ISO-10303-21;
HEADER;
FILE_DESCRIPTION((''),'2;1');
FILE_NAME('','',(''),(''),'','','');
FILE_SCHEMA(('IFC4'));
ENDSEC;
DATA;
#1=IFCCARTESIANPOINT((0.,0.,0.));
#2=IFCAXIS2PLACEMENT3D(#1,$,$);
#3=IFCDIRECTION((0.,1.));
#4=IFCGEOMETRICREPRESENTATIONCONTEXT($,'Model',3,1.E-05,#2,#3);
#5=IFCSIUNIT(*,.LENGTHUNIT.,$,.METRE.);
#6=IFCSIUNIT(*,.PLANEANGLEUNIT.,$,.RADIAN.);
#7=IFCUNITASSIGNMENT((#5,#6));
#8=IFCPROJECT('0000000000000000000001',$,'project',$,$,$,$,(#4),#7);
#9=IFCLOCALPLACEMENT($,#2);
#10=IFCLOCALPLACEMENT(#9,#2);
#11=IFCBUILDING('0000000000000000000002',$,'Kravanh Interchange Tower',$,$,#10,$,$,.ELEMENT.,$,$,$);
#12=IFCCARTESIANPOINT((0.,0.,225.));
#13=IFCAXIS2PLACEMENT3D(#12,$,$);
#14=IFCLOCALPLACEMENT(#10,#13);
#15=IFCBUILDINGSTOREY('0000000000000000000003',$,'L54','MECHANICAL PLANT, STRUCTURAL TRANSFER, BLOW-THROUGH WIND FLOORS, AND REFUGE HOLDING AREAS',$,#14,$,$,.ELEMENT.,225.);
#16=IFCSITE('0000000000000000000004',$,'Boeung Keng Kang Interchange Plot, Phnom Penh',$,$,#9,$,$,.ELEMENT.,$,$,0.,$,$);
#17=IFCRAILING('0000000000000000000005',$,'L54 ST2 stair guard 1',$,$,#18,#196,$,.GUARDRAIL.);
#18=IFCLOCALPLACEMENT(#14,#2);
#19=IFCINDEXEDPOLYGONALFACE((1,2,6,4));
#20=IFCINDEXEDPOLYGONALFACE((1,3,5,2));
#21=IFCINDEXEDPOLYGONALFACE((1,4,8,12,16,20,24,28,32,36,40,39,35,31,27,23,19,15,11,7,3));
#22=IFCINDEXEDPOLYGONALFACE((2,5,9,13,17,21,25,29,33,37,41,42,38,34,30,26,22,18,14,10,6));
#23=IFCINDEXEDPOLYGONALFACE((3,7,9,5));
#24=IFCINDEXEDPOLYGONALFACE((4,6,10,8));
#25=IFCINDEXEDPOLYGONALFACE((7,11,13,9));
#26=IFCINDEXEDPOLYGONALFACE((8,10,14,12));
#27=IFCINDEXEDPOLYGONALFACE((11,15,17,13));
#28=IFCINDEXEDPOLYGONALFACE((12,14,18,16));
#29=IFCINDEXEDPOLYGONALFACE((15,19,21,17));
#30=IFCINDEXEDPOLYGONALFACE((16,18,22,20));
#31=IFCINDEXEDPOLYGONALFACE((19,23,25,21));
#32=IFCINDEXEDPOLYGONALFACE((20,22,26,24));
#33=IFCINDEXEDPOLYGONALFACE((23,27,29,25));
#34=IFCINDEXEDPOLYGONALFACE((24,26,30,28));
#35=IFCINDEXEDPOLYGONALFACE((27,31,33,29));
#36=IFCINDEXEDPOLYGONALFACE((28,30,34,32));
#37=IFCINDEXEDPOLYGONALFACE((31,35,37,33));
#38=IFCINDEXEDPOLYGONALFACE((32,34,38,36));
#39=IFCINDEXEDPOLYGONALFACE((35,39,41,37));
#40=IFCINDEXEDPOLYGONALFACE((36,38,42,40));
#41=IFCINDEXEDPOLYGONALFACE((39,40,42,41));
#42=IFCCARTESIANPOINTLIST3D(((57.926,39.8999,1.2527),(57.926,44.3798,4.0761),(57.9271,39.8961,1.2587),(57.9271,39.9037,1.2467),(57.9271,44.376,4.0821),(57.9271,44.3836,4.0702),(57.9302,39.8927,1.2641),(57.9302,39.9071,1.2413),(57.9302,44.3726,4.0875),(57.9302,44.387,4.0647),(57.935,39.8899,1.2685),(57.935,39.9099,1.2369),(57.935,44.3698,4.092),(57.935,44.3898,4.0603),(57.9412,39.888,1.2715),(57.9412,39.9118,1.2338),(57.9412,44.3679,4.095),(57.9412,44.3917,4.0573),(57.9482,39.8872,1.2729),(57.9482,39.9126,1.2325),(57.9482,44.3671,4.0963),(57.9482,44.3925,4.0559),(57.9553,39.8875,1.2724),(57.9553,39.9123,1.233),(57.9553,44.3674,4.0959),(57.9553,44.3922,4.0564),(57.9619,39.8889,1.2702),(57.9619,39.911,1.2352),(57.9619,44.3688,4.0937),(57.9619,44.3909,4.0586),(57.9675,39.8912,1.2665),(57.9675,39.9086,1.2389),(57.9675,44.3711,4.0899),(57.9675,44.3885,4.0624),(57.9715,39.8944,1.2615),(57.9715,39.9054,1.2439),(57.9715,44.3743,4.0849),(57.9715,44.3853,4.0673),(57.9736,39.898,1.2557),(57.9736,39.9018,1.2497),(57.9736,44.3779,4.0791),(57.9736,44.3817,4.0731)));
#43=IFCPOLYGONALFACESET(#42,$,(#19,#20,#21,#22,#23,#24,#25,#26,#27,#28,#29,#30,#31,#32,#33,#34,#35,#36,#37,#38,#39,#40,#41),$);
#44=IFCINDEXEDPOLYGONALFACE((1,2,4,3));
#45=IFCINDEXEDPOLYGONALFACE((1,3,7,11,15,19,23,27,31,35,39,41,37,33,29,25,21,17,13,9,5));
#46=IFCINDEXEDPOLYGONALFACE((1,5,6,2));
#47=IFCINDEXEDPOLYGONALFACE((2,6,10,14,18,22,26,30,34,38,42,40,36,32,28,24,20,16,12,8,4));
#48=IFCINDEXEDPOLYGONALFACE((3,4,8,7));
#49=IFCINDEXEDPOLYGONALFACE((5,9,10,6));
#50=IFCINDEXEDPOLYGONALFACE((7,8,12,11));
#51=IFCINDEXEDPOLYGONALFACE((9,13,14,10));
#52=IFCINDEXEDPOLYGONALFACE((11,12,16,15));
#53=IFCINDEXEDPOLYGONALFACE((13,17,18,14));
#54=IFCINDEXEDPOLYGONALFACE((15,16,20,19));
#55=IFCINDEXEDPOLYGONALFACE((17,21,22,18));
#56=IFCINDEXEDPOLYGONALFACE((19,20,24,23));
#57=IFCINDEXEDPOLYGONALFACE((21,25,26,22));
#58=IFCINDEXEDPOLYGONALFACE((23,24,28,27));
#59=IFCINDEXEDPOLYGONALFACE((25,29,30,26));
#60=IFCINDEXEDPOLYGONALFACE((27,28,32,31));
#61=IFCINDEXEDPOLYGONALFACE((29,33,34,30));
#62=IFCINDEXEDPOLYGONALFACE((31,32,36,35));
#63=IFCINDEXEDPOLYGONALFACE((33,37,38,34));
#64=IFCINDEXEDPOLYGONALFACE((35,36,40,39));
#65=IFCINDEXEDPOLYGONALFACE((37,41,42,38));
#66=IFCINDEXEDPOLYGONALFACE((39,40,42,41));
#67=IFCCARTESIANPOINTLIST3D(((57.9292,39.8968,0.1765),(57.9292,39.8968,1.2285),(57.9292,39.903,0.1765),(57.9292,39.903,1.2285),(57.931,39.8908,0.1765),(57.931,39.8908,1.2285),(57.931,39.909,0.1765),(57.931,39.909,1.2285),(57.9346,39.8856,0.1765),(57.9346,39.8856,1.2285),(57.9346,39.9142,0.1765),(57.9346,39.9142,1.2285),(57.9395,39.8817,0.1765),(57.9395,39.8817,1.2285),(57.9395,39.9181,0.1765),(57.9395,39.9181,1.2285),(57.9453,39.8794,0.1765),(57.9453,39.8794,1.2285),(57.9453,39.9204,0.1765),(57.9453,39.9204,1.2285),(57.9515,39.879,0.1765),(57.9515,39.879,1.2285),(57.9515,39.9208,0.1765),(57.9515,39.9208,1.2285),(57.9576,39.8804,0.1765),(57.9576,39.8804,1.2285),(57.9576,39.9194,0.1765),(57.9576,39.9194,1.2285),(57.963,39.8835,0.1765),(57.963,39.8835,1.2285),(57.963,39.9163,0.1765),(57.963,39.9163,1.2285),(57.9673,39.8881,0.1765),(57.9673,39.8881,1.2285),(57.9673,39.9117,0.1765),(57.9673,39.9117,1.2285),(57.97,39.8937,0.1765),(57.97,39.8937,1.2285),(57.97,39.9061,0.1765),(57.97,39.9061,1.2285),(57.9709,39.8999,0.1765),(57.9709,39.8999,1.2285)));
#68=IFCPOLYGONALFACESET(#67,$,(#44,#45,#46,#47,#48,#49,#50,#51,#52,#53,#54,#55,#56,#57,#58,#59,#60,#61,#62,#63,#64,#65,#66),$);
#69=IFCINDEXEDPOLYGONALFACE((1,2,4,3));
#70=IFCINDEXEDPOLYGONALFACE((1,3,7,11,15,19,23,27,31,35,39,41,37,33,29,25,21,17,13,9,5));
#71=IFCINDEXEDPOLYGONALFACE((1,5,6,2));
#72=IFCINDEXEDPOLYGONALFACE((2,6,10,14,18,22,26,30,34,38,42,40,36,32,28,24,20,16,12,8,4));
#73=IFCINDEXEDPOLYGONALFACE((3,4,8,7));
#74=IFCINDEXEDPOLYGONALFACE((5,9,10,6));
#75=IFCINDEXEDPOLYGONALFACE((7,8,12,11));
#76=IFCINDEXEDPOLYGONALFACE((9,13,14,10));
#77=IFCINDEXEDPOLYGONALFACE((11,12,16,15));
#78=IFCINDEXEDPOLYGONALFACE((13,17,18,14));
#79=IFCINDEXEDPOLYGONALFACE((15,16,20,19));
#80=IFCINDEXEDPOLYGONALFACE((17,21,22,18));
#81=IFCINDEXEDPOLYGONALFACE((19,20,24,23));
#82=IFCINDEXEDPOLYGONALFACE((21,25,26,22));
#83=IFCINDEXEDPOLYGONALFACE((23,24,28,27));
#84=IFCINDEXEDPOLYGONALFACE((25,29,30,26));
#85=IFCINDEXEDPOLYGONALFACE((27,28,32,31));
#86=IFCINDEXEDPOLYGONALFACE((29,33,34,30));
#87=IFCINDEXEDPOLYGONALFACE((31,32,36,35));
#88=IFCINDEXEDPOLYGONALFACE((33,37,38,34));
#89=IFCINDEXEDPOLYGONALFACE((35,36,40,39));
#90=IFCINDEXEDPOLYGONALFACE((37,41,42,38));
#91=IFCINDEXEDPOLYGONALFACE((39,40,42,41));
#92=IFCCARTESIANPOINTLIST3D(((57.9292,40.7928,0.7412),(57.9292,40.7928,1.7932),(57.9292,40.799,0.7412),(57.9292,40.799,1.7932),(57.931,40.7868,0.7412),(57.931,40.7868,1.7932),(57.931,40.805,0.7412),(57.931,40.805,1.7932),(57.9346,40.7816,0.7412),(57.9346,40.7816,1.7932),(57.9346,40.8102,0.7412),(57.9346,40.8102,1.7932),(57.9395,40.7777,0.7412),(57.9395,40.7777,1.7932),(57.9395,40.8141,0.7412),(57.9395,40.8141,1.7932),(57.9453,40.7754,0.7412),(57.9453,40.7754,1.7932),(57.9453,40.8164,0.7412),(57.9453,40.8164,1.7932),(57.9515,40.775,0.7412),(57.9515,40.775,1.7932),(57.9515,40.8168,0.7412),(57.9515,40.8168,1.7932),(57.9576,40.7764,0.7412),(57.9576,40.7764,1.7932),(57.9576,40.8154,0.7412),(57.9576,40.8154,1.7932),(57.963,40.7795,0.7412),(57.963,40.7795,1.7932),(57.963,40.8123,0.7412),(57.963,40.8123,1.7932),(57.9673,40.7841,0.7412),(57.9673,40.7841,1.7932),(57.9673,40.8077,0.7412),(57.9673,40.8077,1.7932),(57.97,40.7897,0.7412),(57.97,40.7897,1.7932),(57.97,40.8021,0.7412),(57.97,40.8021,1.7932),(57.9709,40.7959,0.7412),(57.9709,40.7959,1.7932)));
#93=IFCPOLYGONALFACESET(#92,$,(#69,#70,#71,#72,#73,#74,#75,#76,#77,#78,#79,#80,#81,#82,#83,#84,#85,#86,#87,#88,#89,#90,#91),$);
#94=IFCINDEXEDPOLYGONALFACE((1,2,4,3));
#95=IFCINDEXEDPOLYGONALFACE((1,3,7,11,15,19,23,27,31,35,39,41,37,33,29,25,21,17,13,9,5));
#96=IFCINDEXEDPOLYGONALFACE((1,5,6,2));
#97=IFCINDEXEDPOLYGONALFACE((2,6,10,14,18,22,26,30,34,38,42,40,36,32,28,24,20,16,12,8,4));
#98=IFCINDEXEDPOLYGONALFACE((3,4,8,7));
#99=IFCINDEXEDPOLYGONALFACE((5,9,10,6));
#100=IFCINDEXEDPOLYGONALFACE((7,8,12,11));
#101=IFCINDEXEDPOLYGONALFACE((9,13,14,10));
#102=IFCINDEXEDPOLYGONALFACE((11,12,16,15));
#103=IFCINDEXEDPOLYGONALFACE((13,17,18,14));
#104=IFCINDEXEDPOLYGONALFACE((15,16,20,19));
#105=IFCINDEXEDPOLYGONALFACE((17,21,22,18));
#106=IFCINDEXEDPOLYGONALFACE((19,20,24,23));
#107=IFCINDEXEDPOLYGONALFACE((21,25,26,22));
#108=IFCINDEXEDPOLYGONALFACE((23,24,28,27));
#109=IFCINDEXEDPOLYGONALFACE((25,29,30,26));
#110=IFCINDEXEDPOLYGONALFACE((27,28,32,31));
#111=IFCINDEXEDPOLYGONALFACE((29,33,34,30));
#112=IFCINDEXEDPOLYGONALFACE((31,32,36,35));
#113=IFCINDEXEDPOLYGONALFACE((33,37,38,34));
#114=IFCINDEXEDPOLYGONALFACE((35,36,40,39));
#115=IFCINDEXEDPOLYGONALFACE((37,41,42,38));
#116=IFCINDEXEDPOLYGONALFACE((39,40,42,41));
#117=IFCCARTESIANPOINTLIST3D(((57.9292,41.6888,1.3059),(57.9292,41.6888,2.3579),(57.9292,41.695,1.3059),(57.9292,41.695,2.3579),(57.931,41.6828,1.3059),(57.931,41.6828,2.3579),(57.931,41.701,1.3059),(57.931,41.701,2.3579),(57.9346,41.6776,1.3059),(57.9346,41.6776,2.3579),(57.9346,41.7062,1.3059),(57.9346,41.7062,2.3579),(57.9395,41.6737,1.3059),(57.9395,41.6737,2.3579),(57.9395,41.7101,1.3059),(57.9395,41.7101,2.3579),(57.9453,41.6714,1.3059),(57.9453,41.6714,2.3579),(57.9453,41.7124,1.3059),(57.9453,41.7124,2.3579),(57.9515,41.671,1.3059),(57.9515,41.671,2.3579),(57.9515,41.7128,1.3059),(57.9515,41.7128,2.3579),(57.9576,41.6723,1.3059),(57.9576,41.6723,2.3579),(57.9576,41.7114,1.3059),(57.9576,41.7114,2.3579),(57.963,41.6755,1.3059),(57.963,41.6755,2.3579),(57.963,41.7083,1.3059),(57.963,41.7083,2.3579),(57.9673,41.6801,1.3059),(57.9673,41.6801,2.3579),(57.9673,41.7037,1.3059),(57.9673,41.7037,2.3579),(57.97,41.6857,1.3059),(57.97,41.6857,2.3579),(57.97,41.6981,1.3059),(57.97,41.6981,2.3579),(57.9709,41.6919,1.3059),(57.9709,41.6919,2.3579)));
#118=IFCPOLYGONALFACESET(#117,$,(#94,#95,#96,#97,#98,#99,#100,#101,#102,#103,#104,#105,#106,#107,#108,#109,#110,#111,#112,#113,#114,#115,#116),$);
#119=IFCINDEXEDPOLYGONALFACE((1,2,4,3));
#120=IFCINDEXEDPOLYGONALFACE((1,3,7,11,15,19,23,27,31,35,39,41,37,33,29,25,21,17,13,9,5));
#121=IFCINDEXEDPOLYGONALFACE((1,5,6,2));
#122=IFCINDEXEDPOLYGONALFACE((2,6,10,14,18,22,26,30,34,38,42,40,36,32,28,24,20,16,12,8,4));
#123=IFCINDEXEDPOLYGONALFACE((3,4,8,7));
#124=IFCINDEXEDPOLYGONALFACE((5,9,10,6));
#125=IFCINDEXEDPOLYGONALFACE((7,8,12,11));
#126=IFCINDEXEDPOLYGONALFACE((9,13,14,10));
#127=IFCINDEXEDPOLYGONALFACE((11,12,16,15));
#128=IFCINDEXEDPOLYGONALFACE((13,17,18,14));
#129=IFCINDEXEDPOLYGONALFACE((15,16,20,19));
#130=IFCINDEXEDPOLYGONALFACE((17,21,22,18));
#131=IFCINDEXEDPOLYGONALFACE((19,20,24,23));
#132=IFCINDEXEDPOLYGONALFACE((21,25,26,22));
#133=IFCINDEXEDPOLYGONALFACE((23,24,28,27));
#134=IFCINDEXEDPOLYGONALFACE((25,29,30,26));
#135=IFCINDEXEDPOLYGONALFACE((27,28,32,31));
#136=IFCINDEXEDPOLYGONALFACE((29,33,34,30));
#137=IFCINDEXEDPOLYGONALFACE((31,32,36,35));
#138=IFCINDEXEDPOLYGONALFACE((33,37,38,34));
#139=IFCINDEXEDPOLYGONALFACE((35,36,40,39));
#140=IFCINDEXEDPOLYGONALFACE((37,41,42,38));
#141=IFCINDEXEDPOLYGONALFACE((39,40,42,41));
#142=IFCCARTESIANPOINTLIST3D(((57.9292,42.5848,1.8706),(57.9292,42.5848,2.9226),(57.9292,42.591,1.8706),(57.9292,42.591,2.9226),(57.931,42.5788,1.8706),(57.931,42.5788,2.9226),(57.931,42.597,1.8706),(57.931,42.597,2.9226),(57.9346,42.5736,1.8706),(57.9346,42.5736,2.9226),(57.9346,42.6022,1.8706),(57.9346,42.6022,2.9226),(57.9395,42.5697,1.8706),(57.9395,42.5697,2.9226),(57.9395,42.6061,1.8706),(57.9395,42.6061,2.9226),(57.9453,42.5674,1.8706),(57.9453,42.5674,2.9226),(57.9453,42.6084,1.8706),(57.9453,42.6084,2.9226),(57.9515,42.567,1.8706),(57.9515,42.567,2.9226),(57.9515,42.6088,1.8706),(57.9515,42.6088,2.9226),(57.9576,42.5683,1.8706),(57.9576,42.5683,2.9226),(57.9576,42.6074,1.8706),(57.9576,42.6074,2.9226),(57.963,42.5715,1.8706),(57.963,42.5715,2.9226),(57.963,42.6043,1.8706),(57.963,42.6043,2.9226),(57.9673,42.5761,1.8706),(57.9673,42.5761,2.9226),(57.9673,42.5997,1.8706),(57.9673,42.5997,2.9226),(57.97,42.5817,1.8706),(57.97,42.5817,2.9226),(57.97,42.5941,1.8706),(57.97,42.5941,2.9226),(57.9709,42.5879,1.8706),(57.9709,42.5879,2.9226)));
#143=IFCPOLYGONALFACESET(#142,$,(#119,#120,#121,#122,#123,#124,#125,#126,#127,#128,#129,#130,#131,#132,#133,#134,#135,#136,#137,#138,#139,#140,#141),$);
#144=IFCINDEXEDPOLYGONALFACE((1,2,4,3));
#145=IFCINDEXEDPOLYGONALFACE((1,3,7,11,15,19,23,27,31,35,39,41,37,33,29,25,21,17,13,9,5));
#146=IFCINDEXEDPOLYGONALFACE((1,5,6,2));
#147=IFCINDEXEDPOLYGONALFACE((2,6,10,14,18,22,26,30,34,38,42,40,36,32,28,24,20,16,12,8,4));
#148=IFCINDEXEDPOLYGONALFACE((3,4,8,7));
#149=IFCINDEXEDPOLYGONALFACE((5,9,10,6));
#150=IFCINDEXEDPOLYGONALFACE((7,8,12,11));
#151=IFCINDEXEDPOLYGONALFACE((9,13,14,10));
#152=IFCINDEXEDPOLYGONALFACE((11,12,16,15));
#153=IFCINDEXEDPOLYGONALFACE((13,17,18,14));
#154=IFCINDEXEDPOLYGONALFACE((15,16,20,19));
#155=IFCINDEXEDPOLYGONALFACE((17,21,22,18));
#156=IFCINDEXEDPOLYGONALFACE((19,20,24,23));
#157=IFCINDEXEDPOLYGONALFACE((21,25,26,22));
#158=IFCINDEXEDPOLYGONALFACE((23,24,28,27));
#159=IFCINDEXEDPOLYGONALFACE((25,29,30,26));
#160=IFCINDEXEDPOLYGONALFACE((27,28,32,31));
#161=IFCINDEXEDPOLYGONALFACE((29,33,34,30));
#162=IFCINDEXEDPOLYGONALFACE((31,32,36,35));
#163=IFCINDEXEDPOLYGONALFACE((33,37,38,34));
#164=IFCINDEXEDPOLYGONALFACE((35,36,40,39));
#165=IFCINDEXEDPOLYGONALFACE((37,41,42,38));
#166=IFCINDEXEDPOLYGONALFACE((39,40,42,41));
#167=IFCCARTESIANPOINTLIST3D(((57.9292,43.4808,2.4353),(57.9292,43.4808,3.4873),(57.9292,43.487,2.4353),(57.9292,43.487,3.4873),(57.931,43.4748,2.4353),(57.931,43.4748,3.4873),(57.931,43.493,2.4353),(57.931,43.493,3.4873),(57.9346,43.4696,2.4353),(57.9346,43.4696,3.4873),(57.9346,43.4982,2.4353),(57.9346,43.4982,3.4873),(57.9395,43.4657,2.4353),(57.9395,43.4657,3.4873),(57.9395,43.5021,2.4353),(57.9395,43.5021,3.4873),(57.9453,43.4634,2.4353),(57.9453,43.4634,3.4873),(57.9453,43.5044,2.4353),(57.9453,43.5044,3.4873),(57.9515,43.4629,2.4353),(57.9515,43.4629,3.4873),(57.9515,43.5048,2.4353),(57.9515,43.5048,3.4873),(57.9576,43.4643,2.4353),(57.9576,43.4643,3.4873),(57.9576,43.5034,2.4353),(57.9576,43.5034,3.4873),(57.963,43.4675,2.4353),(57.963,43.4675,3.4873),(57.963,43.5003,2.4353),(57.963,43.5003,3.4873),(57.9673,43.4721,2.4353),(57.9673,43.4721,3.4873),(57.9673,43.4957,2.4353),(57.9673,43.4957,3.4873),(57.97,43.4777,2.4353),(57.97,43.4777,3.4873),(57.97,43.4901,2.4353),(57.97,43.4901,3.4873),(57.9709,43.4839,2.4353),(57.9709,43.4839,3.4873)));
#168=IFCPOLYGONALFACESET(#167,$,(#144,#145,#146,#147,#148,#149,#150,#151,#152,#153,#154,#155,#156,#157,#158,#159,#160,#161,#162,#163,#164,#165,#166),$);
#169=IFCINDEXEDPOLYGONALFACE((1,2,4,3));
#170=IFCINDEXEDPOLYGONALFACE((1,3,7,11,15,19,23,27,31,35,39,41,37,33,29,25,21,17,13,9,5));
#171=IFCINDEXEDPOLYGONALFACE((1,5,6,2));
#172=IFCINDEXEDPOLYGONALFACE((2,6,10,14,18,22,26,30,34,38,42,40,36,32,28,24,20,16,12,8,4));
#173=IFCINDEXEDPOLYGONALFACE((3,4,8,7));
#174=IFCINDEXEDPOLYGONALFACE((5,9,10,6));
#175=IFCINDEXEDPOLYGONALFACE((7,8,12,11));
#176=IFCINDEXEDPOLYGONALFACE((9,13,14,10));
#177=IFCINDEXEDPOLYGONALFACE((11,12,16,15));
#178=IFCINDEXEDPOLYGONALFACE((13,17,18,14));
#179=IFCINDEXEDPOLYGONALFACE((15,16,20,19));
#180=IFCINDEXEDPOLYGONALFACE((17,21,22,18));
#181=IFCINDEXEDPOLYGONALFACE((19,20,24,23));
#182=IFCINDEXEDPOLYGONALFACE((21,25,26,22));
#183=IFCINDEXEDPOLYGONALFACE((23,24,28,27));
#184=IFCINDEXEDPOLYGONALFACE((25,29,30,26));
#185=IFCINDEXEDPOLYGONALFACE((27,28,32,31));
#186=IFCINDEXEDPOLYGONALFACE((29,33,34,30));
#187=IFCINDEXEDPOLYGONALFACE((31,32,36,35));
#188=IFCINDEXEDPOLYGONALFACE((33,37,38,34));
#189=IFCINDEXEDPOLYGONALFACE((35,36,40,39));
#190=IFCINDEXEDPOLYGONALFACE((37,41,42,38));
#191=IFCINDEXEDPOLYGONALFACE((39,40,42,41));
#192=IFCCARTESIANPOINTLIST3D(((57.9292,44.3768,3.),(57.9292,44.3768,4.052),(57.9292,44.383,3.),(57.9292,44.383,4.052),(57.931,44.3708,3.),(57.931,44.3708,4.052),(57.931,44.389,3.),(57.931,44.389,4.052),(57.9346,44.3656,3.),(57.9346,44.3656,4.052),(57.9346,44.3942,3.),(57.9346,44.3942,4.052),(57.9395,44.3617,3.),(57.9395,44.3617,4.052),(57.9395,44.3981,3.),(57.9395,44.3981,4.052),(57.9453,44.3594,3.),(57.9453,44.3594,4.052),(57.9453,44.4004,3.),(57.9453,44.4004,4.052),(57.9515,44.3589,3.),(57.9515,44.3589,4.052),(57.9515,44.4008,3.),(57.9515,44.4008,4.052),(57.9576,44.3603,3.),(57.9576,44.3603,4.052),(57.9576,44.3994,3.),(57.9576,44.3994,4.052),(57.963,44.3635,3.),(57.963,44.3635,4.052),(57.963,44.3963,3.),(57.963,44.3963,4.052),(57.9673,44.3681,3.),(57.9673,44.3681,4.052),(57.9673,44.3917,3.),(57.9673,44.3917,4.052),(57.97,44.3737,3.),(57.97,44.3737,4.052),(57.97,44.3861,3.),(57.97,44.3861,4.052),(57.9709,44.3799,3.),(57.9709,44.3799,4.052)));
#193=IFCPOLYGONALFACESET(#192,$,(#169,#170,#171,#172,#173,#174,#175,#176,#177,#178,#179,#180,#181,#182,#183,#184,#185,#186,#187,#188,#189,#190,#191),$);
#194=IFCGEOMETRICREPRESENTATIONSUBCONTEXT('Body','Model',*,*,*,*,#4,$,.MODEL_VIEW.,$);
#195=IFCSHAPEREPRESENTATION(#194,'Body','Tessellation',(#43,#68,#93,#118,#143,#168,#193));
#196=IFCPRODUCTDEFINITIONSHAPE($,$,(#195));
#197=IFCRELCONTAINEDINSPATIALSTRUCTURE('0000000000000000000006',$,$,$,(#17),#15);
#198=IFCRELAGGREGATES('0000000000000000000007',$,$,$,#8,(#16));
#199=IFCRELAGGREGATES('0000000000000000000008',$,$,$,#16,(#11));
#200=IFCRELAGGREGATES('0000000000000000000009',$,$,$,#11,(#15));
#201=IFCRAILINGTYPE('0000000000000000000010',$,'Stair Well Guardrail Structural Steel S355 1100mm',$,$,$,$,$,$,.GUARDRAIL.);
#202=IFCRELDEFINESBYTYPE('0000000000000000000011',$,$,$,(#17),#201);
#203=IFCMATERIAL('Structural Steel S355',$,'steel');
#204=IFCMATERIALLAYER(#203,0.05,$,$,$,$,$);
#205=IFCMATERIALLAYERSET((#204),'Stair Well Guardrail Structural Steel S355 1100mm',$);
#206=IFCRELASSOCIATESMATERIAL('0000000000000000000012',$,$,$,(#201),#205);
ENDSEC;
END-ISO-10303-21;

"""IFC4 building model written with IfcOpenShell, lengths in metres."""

from ifc_helpers import new_model, si_unit, direction, frame, origin, origin_2d, place, context, subcontext, project, spatial, circle, extrude, material, layer, layer_set, type_object, element, save


model = new_model("IFC4")

# Units and contexts
model_context = context("Model", 3, precision=1e-05, world=origin(), true_north=direction((0.0, 1.0)))
body_context = subcontext(model_context, "Body", "Model", "MODEL_VIEW")
ifc_project = project(units=[si_unit("LENGTHUNIT", "METRE"), si_unit("PLANEANGLEUNIT", "RADIAN")], contexts=[model_context])

# Site, building, storey
site_placement = place(None, origin())
site = spatial("IfcSite", under=ifc_project, at=site_placement, Name="Boeung Keng Kang Interchange Plot, Phnom Penh", CompositionType="ELEMENT", RefElevation=0.0)
building_placement = place(site_placement, origin())
building = spatial("IfcBuilding", under=site, at=building_placement, Name="Kravanh Interchange Tower", CompositionType="ELEMENT")
storey_placement = place(building_placement, frame((0.0, 0.0, 225.0)))
storey = spatial("IfcBuildingStorey", under=building, at=storey_placement, Name="L54", Description="MECHANICAL PLANT, STRUCTURAL TRANSFER, BLOW-THROUGH WIND FLOORS, AND REFUGE HOLDING AREAS", CompositionType="ELEMENT", Elevation=225.0)

# Railing
ifc_material_1 = material(Name="Structural Steel S355", Category="steel")
ifc_layer_1 = layer(ifc_material_1, 0.05)
ifc_layer_set_1 = layer_set([ifc_layer_1], Name="Stair Well Guardrail Structural Steel S355 1100mm")
railing_type_1 = type_object("IfcRailingType", Name="Stair Well Guardrail Structural Steel S355 1100mm", PredefinedType="GUARDRAIL", material=ifc_layer_set_1)
railing_1_placement = place(storey_placement, frame((57.95, 39.8999, 0.1765)))
element("IfcRailing", 1, at=railing_1_placement, inside=storey, type_object=railing_type_1, Name="L54 ST2 stair guard 1", PredefinedType="GUARDRAIL", context=body_context, shape_type="SweptSolid", body=[
    extrude(circle(Radius=0.0239, at=origin_2d()), frame((0.0, 0.0, 1.0762), z_axis=(0.0, 0.845998, 0.533186), x_axis=(-1.0, 0.0, 0.0)), (0.0, 0.0, 1.0), 5.2954),
    extrude(circle(Radius=0.021, at=origin_2d()), origin(), (0.0, 0.0, 1.0), 1.052),
    extrude(circle(Radius=0.021, at=origin_2d()), frame((0.0, 0.896, 0.5647)), (0.0, 0.0, 1.0), 1.052),
    extrude(circle(Radius=0.021, at=origin_2d()), frame((0.0, 1.792, 1.1294)), (0.0, 0.0, 1.0), 1.052),
    extrude(circle(Radius=0.021, at=origin_2d()), frame((0.0, 2.688, 1.6941)), (0.0, 0.0, 1.0), 1.052),
    extrude(circle(Radius=0.021, at=origin_2d()), frame((0.0, 3.584, 2.2588)), (0.0, 0.0, 1.0), 1.052),
    extrude(circle(Radius=0.021, at=origin_2d()), frame((0.0, 4.48, 2.8235)), (0.0, 0.0, 1.0), 1.052),
])

save(model, "model.ifc")
